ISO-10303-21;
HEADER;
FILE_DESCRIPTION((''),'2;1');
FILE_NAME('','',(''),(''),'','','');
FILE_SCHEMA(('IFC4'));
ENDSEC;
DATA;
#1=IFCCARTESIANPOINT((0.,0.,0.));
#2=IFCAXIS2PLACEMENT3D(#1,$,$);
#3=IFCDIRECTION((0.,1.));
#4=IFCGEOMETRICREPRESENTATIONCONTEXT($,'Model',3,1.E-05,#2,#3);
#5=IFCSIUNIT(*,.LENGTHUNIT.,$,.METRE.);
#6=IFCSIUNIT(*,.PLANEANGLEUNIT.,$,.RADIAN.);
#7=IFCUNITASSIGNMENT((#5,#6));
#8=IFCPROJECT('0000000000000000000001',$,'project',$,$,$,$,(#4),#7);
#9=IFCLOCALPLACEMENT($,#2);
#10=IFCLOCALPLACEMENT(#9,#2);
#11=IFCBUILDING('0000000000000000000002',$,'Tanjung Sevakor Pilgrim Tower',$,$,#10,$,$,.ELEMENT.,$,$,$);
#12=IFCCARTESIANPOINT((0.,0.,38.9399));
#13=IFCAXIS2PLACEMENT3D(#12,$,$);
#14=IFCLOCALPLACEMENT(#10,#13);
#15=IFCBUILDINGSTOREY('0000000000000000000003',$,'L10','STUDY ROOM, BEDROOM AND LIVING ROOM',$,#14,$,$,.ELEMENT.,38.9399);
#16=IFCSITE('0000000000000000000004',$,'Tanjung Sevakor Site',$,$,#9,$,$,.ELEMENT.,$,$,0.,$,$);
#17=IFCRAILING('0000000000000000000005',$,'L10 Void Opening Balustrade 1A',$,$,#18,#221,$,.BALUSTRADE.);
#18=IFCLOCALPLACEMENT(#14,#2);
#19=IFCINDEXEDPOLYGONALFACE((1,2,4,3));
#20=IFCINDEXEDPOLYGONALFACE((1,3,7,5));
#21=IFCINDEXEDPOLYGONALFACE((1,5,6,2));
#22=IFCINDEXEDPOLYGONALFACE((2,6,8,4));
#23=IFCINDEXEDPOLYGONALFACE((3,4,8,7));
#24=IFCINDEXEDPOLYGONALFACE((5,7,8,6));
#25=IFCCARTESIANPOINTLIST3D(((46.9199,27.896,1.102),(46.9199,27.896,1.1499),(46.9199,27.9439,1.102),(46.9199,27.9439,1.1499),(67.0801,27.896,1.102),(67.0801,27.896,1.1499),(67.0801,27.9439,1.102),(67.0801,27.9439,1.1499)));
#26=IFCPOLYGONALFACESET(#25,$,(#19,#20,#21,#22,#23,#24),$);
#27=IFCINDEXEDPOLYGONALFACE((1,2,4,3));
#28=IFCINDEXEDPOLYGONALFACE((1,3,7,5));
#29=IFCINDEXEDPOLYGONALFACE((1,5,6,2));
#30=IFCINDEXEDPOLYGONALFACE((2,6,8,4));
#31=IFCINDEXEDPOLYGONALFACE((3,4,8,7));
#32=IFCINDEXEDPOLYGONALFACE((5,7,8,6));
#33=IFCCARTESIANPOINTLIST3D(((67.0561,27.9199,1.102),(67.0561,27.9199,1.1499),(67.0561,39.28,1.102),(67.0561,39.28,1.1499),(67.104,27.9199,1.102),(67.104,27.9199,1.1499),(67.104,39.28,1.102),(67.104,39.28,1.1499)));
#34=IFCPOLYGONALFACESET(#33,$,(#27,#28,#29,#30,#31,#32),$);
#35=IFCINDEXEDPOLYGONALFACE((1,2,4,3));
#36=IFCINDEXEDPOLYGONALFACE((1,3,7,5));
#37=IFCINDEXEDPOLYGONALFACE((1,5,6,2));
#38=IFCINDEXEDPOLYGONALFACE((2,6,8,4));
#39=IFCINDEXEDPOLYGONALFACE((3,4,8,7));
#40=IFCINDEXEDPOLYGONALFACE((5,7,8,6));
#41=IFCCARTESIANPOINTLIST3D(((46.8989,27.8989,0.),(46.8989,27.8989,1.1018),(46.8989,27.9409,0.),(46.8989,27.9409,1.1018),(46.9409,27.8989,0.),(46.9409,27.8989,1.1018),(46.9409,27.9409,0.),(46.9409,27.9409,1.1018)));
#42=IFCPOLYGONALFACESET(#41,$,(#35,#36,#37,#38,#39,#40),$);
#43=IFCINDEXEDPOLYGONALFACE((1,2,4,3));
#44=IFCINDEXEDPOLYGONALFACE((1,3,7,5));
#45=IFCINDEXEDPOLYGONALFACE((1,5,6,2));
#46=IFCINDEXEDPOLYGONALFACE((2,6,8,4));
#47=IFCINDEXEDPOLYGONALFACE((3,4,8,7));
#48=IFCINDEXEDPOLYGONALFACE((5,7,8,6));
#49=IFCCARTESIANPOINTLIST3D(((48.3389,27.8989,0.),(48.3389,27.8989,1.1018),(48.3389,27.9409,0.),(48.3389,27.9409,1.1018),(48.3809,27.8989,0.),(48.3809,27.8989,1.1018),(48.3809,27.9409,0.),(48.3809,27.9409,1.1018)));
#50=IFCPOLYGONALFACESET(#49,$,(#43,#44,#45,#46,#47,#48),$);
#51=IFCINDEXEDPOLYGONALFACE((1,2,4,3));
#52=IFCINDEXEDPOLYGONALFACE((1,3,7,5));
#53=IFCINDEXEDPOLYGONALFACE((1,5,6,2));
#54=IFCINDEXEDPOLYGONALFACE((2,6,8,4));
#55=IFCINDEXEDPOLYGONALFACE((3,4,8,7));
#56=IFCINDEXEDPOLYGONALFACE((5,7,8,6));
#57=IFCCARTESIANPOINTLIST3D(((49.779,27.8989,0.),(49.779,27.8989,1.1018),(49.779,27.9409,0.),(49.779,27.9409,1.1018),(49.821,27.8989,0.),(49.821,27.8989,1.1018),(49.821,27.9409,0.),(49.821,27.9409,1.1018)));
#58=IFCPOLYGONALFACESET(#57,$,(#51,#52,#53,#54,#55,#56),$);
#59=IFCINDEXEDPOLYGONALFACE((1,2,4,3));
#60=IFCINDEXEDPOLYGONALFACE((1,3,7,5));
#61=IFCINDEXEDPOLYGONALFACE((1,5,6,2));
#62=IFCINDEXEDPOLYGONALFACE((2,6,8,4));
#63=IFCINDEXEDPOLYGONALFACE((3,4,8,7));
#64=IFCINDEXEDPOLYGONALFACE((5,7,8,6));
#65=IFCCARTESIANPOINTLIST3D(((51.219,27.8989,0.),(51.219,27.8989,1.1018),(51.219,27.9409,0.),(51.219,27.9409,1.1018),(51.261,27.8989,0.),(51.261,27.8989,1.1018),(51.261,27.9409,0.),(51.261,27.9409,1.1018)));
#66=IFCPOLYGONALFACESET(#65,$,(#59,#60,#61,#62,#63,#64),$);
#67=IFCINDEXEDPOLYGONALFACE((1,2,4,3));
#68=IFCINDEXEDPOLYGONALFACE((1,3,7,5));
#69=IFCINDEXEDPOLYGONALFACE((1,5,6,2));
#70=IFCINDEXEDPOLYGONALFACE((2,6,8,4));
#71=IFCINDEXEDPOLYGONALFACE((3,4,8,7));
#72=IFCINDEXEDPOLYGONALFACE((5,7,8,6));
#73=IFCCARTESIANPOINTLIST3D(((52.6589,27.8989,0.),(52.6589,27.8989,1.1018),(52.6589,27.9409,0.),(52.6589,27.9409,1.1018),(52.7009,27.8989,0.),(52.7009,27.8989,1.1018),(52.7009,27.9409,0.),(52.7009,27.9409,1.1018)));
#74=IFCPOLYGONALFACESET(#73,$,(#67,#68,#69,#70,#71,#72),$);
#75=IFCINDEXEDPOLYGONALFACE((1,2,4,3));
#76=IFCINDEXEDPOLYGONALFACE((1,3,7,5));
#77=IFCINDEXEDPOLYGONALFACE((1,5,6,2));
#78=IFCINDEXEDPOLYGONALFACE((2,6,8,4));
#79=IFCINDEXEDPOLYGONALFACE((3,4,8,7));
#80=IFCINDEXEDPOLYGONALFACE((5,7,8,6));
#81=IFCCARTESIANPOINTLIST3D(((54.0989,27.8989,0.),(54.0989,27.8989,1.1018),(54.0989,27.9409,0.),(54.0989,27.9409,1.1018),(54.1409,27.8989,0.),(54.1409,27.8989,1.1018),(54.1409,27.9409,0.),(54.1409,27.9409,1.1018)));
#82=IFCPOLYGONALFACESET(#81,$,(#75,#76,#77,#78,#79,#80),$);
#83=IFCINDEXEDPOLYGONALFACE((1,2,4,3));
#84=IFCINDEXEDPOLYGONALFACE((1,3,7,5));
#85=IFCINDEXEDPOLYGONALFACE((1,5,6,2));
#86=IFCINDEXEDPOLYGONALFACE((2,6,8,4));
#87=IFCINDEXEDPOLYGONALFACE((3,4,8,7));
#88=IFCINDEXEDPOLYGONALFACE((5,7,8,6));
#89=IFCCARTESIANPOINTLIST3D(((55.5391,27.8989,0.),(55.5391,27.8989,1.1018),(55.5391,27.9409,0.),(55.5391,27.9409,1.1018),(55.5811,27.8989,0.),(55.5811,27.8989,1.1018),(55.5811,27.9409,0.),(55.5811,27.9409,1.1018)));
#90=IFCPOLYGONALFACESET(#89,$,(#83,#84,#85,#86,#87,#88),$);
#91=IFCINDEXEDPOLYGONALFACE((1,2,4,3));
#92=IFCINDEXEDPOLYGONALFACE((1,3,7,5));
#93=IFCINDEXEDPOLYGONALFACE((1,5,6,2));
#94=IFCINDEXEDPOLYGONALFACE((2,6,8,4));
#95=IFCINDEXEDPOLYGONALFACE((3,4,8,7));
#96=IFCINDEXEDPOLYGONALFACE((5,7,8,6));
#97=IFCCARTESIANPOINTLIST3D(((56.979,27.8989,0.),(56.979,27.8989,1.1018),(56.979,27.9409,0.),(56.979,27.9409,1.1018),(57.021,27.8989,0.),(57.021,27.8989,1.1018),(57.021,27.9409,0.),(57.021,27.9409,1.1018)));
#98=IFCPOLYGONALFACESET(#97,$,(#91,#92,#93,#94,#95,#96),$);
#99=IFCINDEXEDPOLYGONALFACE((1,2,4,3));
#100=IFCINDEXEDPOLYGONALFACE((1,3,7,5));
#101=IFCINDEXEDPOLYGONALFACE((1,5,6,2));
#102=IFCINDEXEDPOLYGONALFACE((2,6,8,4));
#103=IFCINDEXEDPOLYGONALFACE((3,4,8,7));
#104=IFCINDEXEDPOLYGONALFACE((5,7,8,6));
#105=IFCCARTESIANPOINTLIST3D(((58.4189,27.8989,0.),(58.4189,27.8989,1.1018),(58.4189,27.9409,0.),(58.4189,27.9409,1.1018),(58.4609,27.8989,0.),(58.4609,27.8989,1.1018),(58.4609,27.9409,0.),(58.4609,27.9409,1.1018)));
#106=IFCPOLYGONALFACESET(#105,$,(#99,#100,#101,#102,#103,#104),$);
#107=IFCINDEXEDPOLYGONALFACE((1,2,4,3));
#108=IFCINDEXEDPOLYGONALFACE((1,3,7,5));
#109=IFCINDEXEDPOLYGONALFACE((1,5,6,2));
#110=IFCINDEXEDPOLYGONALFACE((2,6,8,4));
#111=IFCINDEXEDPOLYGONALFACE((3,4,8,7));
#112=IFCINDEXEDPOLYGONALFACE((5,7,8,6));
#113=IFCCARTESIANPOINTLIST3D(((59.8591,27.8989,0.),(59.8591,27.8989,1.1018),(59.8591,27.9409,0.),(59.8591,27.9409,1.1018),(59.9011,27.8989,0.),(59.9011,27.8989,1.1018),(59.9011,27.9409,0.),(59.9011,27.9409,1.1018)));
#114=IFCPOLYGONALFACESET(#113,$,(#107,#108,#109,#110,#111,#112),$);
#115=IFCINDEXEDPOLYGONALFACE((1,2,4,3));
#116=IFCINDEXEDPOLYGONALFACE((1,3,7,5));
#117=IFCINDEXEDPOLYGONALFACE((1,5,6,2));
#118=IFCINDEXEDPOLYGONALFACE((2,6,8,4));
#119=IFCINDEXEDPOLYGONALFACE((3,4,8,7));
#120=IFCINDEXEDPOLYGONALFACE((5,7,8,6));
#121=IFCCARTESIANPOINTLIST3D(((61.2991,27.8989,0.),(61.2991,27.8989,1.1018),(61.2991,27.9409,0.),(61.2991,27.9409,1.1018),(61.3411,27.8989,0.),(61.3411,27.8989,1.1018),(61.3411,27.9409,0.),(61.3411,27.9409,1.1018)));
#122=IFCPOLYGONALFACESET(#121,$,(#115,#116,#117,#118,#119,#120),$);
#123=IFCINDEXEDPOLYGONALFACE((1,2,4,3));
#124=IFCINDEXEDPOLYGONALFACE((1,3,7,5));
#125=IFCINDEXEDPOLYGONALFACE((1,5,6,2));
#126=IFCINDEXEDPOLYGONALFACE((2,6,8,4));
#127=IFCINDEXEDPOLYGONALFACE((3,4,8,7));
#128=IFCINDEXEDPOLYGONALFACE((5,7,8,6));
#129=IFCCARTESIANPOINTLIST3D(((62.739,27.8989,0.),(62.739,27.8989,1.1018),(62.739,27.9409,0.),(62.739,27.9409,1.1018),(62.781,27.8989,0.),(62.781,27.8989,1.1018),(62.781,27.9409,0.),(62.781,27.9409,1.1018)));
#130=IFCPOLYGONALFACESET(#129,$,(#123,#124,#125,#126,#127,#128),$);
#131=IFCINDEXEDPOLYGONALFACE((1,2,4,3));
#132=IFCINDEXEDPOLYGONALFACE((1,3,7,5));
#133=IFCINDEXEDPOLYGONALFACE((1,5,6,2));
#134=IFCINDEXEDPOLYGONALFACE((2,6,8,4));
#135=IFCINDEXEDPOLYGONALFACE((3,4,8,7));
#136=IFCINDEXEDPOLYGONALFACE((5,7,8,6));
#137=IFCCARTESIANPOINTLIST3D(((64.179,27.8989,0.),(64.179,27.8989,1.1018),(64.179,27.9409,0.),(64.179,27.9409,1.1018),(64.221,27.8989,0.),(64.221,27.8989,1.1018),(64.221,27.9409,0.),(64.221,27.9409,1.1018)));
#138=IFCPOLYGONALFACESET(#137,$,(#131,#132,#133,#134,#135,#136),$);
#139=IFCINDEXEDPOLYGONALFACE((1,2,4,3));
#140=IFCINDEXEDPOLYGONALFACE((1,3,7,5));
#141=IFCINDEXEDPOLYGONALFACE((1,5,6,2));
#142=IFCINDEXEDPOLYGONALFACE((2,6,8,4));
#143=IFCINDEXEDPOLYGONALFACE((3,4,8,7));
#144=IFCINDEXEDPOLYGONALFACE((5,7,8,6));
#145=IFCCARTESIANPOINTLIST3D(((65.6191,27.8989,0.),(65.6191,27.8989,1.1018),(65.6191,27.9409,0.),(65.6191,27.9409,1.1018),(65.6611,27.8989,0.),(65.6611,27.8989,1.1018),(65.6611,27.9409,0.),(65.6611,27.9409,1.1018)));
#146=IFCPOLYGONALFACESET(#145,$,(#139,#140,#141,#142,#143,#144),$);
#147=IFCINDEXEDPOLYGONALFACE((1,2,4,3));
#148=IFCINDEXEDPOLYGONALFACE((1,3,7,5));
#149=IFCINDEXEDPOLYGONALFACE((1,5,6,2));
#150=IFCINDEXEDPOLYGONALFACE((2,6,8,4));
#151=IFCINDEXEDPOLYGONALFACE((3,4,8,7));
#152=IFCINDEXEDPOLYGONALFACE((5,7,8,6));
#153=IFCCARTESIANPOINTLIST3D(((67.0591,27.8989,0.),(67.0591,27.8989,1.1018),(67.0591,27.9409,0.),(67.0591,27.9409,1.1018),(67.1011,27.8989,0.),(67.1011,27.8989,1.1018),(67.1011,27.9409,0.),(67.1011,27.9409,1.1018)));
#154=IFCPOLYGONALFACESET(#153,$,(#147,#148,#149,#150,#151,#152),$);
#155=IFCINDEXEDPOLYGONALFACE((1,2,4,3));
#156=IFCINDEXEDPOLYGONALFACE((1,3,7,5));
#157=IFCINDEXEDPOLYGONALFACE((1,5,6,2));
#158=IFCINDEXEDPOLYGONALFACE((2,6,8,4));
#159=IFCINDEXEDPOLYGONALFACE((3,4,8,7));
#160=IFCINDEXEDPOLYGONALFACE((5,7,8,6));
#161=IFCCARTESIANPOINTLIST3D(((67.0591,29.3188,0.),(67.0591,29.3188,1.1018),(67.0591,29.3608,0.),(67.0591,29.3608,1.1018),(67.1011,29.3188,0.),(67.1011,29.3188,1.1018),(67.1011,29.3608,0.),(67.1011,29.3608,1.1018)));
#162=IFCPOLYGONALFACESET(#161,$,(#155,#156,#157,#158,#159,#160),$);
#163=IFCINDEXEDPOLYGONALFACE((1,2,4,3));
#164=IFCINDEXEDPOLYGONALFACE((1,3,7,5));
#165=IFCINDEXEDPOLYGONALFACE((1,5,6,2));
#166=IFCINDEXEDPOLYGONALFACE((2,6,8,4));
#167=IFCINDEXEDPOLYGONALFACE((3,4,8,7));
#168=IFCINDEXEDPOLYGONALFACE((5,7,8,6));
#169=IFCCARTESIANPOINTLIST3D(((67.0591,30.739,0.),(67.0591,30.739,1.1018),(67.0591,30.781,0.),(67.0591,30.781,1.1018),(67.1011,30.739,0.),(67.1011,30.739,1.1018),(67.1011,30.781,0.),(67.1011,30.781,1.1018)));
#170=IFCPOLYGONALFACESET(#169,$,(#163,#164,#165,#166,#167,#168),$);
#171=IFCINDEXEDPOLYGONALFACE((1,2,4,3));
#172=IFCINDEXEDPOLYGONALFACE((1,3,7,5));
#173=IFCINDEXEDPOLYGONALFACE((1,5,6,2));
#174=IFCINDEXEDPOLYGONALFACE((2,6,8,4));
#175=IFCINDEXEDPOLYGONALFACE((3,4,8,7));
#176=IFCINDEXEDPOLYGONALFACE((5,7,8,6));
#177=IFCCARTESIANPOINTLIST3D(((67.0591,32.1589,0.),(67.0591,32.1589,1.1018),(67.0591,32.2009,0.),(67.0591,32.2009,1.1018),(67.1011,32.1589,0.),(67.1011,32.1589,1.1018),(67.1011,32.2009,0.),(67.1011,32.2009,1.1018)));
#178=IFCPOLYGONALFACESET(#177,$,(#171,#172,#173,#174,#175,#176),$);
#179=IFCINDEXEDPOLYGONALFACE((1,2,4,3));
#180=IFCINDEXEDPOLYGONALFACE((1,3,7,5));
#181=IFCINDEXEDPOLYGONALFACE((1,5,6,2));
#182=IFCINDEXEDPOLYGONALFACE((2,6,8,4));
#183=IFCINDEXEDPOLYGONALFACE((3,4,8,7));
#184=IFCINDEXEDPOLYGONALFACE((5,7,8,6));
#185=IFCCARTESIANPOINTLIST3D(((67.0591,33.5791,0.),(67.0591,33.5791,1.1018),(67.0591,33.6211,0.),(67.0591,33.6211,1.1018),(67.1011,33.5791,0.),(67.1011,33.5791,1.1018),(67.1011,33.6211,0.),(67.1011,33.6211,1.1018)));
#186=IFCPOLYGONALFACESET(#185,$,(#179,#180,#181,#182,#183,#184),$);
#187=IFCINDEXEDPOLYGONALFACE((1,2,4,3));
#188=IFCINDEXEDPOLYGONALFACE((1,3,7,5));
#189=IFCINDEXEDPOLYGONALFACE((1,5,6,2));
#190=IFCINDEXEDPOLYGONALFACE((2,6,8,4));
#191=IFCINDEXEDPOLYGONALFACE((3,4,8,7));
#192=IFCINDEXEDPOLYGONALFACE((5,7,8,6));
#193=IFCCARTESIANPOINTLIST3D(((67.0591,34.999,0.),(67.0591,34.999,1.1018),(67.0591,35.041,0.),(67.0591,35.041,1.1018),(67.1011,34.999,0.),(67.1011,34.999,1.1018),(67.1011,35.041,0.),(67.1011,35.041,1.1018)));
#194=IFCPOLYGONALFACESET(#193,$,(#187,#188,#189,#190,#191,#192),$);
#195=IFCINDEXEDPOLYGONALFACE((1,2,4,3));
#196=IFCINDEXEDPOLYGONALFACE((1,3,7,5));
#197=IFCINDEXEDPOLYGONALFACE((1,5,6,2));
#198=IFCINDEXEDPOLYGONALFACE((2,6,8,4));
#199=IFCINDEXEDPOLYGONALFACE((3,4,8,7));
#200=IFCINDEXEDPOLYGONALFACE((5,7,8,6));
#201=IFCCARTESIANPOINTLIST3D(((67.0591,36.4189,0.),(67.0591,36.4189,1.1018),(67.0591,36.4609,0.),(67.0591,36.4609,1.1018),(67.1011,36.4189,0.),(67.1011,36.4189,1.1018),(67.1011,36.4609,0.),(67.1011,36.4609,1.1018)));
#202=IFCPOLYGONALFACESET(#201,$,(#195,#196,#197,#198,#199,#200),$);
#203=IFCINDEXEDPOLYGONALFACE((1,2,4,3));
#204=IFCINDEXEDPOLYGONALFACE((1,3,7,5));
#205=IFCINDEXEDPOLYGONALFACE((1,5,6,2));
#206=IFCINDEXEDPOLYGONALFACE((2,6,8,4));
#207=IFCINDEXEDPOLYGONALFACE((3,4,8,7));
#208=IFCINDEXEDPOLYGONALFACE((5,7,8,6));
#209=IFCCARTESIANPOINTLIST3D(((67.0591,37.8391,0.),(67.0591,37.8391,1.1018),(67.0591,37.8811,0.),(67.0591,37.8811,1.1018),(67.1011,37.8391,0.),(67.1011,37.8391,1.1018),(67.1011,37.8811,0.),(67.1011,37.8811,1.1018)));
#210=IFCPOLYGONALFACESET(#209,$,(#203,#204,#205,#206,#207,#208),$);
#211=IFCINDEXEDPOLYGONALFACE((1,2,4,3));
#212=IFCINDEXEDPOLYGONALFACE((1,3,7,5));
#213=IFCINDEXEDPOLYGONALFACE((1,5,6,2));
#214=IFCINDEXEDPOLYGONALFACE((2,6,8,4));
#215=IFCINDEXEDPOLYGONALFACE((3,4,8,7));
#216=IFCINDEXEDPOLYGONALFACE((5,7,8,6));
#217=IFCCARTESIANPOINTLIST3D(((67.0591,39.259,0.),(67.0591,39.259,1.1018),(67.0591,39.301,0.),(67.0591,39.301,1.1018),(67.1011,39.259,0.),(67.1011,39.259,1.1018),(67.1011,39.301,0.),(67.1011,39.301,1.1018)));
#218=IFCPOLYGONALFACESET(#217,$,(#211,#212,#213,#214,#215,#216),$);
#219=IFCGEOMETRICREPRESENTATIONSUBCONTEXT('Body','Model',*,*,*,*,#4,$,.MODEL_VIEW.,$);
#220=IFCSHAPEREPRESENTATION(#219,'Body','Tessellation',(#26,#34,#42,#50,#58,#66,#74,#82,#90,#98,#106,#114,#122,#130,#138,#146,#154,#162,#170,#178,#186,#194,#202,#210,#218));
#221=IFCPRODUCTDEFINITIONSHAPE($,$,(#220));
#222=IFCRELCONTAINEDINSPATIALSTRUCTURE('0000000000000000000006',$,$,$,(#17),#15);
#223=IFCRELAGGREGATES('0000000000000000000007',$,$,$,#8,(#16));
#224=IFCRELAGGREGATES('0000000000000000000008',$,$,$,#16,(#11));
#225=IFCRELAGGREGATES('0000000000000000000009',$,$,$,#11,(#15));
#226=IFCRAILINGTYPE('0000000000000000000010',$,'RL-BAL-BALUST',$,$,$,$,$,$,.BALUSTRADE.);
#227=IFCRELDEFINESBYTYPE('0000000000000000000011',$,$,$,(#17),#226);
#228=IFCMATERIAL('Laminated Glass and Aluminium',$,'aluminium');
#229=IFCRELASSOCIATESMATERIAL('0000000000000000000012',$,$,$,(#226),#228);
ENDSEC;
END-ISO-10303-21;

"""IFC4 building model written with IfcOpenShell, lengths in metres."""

from ifc_helpers import new_model, si_unit, direction, frame, origin, place, context, subcontext, project, spatial, rectangle, extrude, material, type_object, element, save


model = new_model("IFC4")

# Units and contexts
model_context = context("Model", 3, precision=1e-05, world=origin(), true_north=direction((0.0, 1.0)))
body_context = subcontext(model_context, "Body", "Model", "MODEL_VIEW")
ifc_project = project(units=[si_unit("LENGTHUNIT", "METRE"), si_unit("PLANEANGLEUNIT", "RADIAN")], contexts=[model_context])

# Site, building, storey
site_placement = place(None, origin())
site = spatial("IfcSite", under=ifc_project, at=site_placement, Name="Tanjung Sevakor Site", CompositionType="ELEMENT", RefElevation=0.0)
building_placement = place(site_placement, origin())
building = spatial("IfcBuilding", under=site, at=building_placement, Name="Tanjung Sevakor Pilgrim Tower", CompositionType="ELEMENT")
storey_placement = place(building_placement, frame((0.0, 0.0, 38.9399)))
storey = spatial("IfcBuildingStorey", under=building, at=storey_placement, Name="L10", Description="STUDY ROOM, BEDROOM AND LIVING ROOM", CompositionType="ELEMENT", Elevation=38.9399)

# Railing
ifc_material_1 = material(Name="Laminated Glass and Aluminium", Category="aluminium")
railing_type = type_object("IfcRailingType", Name="RL-BAL-BALUST", PredefinedType="BALUSTRADE", material=ifc_material_1)
railing_placement = place(storey_placement, frame((46.9199, 27.9199, 0.0)))
element("IfcRailing", 1, at=railing_placement, inside=storey, type_object=railing_type, Name="L10 Void Opening Balustrade 1A", PredefinedType="BALUSTRADE", context=body_context, shape_type="SweptSolid", body=[
    extrude(rectangle(XDim=0.0479, YDim=0.0479), frame((0.0, 0.0, 1.126), z_axis=(1.0, 0.0, 0.0), x_axis=(0.0, 1.0, 0.0)), (0.0, 0.0, 1.0), 20.1602),
    extrude(rectangle(XDim=0.0479, YDim=0.0479), frame((20.1602, 0.0, 1.126), z_axis=(0.0, 1.0, 0.0), x_axis=(-1.0, 0.0, 0.0)), (0.0, 0.0, 1.0), 11.3601),
    extrude(rectangle(XDim=0.042, YDim=0.042), origin(), (0.0, 0.0, 1.0), 1.1018),
    extrude(rectangle(XDim=0.042, YDim=0.042), frame((1.4399, 0.0, 0.0)), (0.0, 0.0, 1.0), 1.1018),
    extrude(rectangle(XDim=0.042, YDim=0.042), frame((2.8801, 0.0, 0.0)), (0.0, 0.0, 1.0), 1.1018),
    extrude(rectangle(XDim=0.042, YDim=0.042), frame((4.3201, 0.0, 0.0)), (0.0, 0.0, 1.0), 1.1018),
    extrude(rectangle(XDim=0.042, YDim=0.042), frame((5.76, 0.0, 0.0)), (0.0, 0.0, 1.0), 1.1018),
    extrude(rectangle(XDim=0.042, YDim=0.042), frame((7.2, 0.0, 0.0)), (0.0, 0.0, 1.0), 1.1018),
    extrude(rectangle(XDim=0.042, YDim=0.042), frame((8.6401, 0.0, 0.0)), (0.0, 0.0, 1.0), 1.1018),
    extrude(rectangle(XDim=0.042, YDim=0.042), frame((10.0801, 0.0, 0.0)), (0.0, 0.0, 1.0), 1.1018),
    extrude(rectangle(XDim=0.042, YDim=0.042), frame((11.52, 0.0, 0.0)), (0.0, 0.0, 1.0), 1.1018),
    extrude(rectangle(XDim=0.042, YDim=0.042), frame((12.9602, 0.0, 0.0)), (0.0, 0.0, 1.0), 1.1018),
    extrude(rectangle(XDim=0.042, YDim=0.042), frame((14.4001, 0.0, 0.0)), (0.0, 0.0, 1.0), 1.1018),
    extrude(rectangle(XDim=0.042, YDim=0.042), frame((15.8401, 0.0, 0.0)), (0.0, 0.0, 1.0), 1.1018),
    extrude(rectangle(XDim=0.042, YDim=0.042), frame((17.28, 0.0, 0.0)), (0.0, 0.0, 1.0), 1.1018),
    extrude(rectangle(XDim=0.042, YDim=0.042), frame((18.7202, 0.0, 0.0)), (0.0, 0.0, 1.0), 1.1018),
    extrude(rectangle(XDim=0.042, YDim=0.042), frame((20.1602, 0.0, 0.0)), (0.0, 0.0, 1.0), 1.1018),
    extrude(rectangle(XDim=0.042, YDim=0.042), frame((20.1602, 1.4199, 0.0)), (0.0, 0.0, 1.0), 1.1018),
    extrude(rectangle(XDim=0.042, YDim=0.042), frame((20.1602, 2.8401, 0.0)), (0.0, 0.0, 1.0), 1.1018),
    extrude(rectangle(XDim=0.042, YDim=0.042), frame((20.1602, 4.26, 0.0)), (0.0, 0.0, 1.0), 1.1018),
    extrude(rectangle(XDim=0.042, YDim=0.042), frame((20.1602, 5.6802, 0.0)), (0.0, 0.0, 1.0), 1.1018),
    extrude(rectangle(XDim=0.042, YDim=0.042), frame((20.1602, 7.1001, 0.0)), (0.0, 0.0, 1.0), 1.1018),
    extrude(rectangle(XDim=0.042, YDim=0.042), frame((20.1602, 8.52, 0.0)), (0.0, 0.0, 1.0), 1.1018),
    extrude(rectangle(XDim=0.042, YDim=0.042), frame((20.1602, 9.9402, 0.0)), (0.0, 0.0, 1.0), 1.1018),
    extrude(rectangle(XDim=0.042, YDim=0.042), frame((20.1602, 11.3601, 0.0)), (0.0, 0.0, 1.0), 1.1018),
])

save(model, "model.ifc")
